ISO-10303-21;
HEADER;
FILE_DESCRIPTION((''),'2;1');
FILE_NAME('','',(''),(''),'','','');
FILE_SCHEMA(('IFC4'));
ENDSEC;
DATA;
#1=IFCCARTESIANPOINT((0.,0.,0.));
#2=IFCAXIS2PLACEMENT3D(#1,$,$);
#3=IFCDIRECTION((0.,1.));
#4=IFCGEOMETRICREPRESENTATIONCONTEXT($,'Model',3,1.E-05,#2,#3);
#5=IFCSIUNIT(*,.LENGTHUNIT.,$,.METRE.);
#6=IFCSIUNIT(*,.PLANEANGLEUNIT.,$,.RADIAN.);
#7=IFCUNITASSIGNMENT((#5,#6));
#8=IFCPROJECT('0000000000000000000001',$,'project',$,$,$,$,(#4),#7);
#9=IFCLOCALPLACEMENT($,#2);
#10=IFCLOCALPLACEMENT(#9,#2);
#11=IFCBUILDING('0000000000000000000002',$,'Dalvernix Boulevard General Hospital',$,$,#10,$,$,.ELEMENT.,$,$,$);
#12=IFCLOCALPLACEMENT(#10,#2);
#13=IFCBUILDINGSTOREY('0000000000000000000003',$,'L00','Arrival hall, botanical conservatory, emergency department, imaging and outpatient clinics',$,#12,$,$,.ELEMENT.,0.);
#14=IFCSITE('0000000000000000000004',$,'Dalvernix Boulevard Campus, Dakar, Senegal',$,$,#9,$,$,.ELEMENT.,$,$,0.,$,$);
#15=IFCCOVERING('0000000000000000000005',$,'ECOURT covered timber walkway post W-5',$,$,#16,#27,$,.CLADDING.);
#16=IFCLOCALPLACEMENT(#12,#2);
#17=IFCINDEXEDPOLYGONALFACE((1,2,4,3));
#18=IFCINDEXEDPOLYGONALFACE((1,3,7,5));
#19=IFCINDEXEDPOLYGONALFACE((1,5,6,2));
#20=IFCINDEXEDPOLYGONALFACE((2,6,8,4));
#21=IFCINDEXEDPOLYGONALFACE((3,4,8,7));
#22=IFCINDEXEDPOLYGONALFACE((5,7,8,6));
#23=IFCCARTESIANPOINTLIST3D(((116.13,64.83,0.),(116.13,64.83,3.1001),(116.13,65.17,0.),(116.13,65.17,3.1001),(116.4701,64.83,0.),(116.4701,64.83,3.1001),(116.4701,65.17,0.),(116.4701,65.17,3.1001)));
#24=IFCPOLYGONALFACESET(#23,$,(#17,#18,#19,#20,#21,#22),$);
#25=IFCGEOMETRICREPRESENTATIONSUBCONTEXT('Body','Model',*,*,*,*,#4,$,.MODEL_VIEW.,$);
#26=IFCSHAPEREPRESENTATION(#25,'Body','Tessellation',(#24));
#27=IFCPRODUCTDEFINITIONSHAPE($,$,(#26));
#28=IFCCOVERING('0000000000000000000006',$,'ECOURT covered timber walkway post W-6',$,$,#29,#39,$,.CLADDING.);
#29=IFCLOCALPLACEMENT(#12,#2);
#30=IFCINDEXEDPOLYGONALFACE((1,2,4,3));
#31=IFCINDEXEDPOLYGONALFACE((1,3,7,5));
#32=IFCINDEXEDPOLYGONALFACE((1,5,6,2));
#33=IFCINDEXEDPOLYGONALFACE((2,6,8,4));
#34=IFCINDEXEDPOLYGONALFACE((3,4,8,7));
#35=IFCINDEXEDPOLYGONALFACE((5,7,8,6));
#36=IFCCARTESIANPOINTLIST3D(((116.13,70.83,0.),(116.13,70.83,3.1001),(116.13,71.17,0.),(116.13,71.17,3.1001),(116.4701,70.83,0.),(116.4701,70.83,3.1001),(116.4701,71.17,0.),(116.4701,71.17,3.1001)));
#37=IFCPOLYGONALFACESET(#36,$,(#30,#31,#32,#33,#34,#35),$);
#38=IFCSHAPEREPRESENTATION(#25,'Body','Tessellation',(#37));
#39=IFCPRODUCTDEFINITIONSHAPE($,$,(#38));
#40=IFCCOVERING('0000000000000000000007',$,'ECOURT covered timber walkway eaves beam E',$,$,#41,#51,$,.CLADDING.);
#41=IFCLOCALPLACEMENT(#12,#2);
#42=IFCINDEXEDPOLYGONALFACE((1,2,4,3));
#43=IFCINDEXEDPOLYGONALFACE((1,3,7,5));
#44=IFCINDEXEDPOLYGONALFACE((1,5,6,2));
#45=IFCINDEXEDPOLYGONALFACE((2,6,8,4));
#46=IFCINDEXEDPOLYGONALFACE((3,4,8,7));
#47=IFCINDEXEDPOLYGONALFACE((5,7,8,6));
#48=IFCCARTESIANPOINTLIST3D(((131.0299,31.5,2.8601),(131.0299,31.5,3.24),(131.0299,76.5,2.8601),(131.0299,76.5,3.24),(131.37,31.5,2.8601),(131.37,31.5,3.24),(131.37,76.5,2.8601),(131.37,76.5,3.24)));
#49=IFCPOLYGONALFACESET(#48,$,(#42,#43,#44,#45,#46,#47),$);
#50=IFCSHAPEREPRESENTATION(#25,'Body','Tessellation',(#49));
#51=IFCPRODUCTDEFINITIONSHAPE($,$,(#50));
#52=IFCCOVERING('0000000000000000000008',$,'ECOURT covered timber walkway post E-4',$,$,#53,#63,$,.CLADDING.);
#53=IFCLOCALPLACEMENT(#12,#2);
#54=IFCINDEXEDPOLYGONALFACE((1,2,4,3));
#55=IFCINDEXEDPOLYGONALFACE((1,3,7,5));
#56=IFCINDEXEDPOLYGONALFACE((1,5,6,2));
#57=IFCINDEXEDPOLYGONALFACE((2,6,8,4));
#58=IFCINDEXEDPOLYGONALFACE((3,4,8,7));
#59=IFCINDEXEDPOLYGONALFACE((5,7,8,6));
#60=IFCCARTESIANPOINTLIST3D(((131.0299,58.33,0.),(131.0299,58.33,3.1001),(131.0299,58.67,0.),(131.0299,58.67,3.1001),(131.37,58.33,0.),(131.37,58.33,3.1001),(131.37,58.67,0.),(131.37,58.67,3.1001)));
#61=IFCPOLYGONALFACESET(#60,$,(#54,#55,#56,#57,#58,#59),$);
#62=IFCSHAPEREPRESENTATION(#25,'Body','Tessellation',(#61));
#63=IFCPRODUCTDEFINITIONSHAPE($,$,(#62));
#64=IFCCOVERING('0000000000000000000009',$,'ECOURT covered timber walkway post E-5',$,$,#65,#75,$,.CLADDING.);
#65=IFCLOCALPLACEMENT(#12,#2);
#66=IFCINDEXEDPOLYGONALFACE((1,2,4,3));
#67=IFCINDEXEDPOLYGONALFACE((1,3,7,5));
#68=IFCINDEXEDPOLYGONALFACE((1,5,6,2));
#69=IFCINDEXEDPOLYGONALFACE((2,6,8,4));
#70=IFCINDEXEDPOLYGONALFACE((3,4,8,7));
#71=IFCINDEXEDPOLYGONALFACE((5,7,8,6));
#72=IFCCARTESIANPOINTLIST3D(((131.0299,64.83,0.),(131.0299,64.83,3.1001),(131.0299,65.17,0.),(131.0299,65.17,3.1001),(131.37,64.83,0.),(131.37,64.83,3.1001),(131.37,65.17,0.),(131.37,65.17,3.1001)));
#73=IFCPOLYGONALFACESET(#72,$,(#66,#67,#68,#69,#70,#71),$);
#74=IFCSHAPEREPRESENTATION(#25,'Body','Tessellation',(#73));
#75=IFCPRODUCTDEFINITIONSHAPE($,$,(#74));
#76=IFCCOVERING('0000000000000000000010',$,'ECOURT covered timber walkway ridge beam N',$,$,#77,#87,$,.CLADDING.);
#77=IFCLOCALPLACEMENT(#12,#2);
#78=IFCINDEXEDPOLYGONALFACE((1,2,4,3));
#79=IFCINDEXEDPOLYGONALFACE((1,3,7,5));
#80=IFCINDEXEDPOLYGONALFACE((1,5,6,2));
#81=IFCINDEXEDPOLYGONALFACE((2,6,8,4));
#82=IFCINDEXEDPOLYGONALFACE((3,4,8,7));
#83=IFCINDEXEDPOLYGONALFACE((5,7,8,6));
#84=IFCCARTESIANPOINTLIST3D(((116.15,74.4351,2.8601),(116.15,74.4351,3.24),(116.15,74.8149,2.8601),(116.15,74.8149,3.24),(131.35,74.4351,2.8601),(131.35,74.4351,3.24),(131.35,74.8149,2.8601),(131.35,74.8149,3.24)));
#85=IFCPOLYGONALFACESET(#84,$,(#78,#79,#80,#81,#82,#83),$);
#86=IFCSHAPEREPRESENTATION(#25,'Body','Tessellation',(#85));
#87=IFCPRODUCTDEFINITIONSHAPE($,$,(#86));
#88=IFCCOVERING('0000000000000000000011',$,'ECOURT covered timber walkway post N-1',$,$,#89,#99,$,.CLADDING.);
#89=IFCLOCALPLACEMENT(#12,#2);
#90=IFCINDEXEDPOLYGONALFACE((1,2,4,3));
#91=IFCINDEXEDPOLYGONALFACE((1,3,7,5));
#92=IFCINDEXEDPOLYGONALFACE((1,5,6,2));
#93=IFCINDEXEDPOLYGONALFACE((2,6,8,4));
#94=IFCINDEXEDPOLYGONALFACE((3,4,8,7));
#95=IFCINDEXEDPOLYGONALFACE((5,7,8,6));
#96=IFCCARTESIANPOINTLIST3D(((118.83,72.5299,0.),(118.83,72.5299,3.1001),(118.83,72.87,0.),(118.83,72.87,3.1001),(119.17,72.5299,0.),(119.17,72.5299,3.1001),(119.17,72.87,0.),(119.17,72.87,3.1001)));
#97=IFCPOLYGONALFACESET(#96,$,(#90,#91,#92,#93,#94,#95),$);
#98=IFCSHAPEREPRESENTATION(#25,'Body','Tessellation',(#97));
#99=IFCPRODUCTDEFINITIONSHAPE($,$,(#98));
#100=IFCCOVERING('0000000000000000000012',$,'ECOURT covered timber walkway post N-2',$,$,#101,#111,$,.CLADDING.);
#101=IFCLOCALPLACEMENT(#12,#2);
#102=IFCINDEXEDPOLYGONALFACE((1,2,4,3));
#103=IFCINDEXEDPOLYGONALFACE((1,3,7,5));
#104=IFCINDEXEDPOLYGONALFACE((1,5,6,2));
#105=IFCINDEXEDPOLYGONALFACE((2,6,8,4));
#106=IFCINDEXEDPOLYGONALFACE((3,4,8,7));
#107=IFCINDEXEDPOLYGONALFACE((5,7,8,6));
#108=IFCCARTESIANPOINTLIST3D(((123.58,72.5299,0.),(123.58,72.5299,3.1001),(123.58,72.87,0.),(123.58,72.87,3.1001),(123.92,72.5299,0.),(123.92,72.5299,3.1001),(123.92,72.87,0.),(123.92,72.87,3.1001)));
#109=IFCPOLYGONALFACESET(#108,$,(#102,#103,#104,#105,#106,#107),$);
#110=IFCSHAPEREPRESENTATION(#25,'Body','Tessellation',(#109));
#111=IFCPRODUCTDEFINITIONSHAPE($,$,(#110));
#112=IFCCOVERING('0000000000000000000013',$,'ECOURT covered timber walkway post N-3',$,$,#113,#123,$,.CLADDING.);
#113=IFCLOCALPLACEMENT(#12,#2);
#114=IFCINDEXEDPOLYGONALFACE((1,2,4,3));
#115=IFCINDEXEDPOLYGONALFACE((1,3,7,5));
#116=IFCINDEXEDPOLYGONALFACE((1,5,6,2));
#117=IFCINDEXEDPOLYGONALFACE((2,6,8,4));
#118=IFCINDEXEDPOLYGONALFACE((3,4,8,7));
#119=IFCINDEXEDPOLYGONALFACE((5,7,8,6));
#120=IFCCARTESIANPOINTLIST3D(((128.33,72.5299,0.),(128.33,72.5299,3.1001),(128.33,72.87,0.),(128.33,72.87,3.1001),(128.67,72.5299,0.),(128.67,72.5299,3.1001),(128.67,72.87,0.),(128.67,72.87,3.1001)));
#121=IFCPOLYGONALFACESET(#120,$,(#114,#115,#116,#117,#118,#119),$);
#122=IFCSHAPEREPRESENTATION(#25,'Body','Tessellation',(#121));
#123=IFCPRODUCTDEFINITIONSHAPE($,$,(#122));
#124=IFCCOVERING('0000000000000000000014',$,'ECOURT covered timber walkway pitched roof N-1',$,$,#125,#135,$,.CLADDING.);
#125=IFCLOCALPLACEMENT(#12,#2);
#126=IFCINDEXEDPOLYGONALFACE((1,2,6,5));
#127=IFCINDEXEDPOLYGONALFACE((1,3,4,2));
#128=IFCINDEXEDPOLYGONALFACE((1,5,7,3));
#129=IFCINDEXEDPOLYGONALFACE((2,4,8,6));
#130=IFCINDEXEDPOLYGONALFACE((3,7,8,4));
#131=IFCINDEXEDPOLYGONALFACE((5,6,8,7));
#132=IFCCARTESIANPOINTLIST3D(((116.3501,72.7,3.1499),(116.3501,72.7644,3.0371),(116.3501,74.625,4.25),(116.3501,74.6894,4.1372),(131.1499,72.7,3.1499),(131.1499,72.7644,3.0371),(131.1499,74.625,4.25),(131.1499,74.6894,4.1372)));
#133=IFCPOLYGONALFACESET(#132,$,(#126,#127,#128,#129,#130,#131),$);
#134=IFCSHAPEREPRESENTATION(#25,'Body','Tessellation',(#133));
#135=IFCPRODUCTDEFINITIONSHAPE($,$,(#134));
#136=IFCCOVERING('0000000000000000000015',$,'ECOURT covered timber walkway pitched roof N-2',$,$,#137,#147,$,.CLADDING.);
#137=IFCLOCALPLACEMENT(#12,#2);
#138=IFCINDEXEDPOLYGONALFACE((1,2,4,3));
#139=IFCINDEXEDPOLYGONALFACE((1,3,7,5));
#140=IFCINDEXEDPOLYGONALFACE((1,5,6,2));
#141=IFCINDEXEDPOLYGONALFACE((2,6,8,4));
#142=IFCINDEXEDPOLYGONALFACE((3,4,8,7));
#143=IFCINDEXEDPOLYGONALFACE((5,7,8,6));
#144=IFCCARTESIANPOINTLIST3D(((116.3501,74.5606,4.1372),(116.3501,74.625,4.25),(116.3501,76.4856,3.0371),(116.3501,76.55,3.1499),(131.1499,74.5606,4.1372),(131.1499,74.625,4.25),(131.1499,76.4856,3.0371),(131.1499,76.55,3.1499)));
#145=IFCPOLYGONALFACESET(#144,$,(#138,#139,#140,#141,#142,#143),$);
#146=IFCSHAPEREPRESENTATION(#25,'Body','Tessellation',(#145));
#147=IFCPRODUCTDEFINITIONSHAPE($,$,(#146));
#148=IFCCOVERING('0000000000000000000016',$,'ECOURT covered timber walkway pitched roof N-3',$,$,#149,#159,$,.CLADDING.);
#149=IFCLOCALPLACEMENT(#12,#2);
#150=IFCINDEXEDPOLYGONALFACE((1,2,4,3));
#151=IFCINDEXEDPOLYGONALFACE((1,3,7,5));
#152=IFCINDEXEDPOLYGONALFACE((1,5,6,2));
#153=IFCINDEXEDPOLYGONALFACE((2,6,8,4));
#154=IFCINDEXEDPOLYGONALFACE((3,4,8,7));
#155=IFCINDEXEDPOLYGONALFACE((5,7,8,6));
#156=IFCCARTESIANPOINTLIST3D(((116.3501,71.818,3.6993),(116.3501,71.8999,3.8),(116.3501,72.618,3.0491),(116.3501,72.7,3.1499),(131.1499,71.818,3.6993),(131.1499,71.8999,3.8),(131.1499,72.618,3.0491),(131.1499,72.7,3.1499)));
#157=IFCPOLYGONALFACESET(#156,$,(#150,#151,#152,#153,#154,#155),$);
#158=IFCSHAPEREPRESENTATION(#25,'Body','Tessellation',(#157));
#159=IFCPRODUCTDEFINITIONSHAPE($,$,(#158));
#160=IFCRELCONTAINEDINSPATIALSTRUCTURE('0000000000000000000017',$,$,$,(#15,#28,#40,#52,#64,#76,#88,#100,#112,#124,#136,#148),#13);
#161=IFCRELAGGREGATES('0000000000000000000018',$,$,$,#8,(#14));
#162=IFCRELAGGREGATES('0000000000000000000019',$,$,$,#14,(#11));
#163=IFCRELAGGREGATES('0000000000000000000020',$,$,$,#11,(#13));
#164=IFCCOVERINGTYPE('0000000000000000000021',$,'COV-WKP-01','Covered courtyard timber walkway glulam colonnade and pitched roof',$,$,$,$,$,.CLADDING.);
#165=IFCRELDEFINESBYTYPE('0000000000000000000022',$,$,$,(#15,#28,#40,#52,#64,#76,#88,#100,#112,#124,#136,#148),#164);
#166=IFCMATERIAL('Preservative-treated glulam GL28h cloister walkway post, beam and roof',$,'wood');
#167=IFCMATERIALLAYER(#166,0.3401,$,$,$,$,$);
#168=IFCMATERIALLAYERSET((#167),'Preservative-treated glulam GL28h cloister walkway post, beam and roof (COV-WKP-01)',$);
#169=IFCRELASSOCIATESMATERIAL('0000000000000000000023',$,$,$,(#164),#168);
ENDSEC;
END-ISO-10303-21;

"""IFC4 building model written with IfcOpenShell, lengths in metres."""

from ifc_helpers import new_model, si_unit, direction, frame, origin, origin_2d, place, context, subcontext, project, spatial, polyline, rectangle, outline, extrude, material, layer, layer_set, type_object, element, save


model = new_model("IFC4")

# Units and contexts
model_context = context("Model", 3, precision=1e-05, world=origin(), true_north=direction((0.0, 1.0)))
body_context = subcontext(model_context, "Body", "Model", "MODEL_VIEW")
ifc_project = project(units=[si_unit("LENGTHUNIT", "METRE"), si_unit("PLANEANGLEUNIT", "RADIAN")], contexts=[model_context])

# Site, building, storey
site_placement = place(None, origin())
site = spatial("IfcSite", under=ifc_project, at=site_placement, Name="Dalvernix Boulevard Campus, Dakar, Senegal", CompositionType="ELEMENT", RefElevation=0.0)
building_placement = place(site_placement, origin())
building = spatial("IfcBuilding", under=site, at=building_placement, Name="Dalvernix Boulevard General Hospital", CompositionType="ELEMENT")
storey_placement = place(building_placement, origin())
storey = spatial("IfcBuildingStorey", under=building, at=storey_placement, Name="L00", Description="Arrival hall, botanical conservatory, emergency department, imaging and outpatient clinics", CompositionType="ELEMENT", Elevation=0.0)

# Coverings
ifc_material_1 = material(Name="Preservative-treated glulam GL28h cloister walkway post, beam and roof", Category="wood")
ifc_layer_1 = layer(ifc_material_1, 0.3401)
ifc_layer_set_1 = layer_set([ifc_layer_1], Name="Preservative-treated glulam GL28h cloister walkway post, beam and roof (COV-WKP-01)")
covering_type_1 = type_object("IfcCoveringType", Name="COV-WKP-01", Description="Covered courtyard timber walkway glulam colonnade and pitched roof", PredefinedType="CLADDING", material=ifc_layer_set_1)
for number, where, z_axis, x_axis, name in (
    (1, (116.3, 65.0, 0.0), (0.0, 0.0, 1.0), (1.0, 0.0, 0.0), "ECOURT covered timber walkway post W-5"),
    (2, (116.3, 71.0, 0.0), (0.0, 0.0, 1.0), (1.0, 0.0, 0.0), "ECOURT covered timber walkway post W-6"),
):
    element("IfcCovering", number, at=place(storey_placement, frame(where, z_axis=z_axis, x_axis=x_axis)), inside=storey, type_object=covering_type_1, Name=name, PredefinedType="CLADDING", context=body_context, shape_type="SweptSolid", body=[
        extrude(rectangle(XDim=0.3401, YDim=0.3401, at=origin_2d()), origin(), (0.0, 0.0, 1.0), 3.1001),
    ])
covering_1_placement = place(storey_placement, frame((131.2, 54.0, 2.8601), z_axis=(0.0, 0.0, 1.0), x_axis=(1.0, 0.0, 0.0)))
element("IfcCovering", 3, at=covering_1_placement, inside=storey, type_object=covering_type_1, Name="ECOURT covered timber walkway eaves beam E", PredefinedType="CLADDING", context=body_context, shape_type="SweptSolid", body=[
    extrude(rectangle(XDim=0.3401, YDim=45.0, at=origin_2d()), origin(), (0.0, 0.0, 1.0), 0.3799),
])
for number, where, z_axis, x_axis, name in (
    (4, (131.2, 58.5, 0.0), (0.0, 0.0, 1.0), (1.0, 0.0, 0.0), "ECOURT covered timber walkway post E-4"),
    (5, (131.2, 65.0, 0.0), (0.0, 0.0, 1.0), (1.0, 0.0, 0.0), "ECOURT covered timber walkway post E-5"),
):
    element("IfcCovering", number, at=place(storey_placement, frame(where, z_axis=z_axis, x_axis=x_axis)), inside=storey, type_object=covering_type_1, Name=name, PredefinedType="CLADDING", context=body_context, shape_type="SweptSolid", body=[
        extrude(rectangle(XDim=0.3401, YDim=0.3401, at=origin_2d()), origin(), (0.0, 0.0, 1.0), 3.1001),
    ])
covering_2_placement = place(storey_placement, frame((123.75, 74.625, 2.8601), z_axis=(0.0, 0.0, 1.0), x_axis=(1.0, 0.0, 0.0)))
element("IfcCovering", 6, at=covering_2_placement, inside=storey, type_object=covering_type_1, Name="ECOURT covered timber walkway ridge beam N", PredefinedType="CLADDING", context=body_context, shape_type="SweptSolid", body=[
    extrude(rectangle(XDim=15.2, YDim=0.3799, at=origin_2d()), origin(), (0.0, 0.0, 1.0), 0.3799),
])
for number, where, z_axis, x_axis, name in (
    (7, (119.0, 72.7, 0.0), (0.0, 0.0, 1.0), (1.0, 0.0, 0.0), "ECOURT covered timber walkway post N-1"),
    (8, (123.75, 72.7, 0.0), (0.0, 0.0, 1.0), (1.0, 0.0, 0.0), "ECOURT covered timber walkway post N-2"),
    (9, (128.5, 72.7, 0.0), (0.0, 0.0, 1.0), (1.0, 0.0, 0.0), "ECOURT covered timber walkway post N-3"),
):
    element("IfcCovering", number, at=place(storey_placement, frame(where, z_axis=z_axis, x_axis=x_axis)), inside=storey, type_object=covering_type_1, Name=name, PredefinedType="CLADDING", context=body_context, shape_type="SweptSolid", body=[
        extrude(rectangle(XDim=0.3401, YDim=0.3401, at=origin_2d()), origin(), (0.0, 0.0, 1.0), 3.1001),
    ])
for number, where, z_axis, x_axis, name in (
    (10, (116.3501, 72.7, 3.1499), (0.0, -0.496163, 0.86823), (1.0, 0.0, 0.0), "ECOURT covered timber walkway pitched roof N-1"),
    (11, (116.3501, 74.625, 4.25), (0.0, 0.496163, 0.86823), (1.0, 0.0, 0.0), "ECOURT covered timber walkway pitched roof N-2"),
):
    element("IfcCovering", number, at=place(storey_placement, frame(where, z_axis=z_axis, x_axis=x_axis)), inside=storey, type_object=covering_type_1, Name=name, PredefinedType="CLADDING", context=body_context, shape_type="SweptSolid", body=[
        extrude(outline(polyline([(0.0, 0.0), (14.7998, 0.0), (14.7998, 2.2172), (0.0, 2.2172), (0.0, 0.0)])), origin(), (0.0, 0.0, -1.0), 0.1299),
    ])
covering_3_placement = place(storey_placement, frame((116.3501, 72.7, 3.1499), z_axis=(0.0, 0.630655, 0.776063), x_axis=(1.0, 0.0, 0.0)))
element("IfcCovering", 12, at=covering_3_placement, inside=storey, type_object=covering_type_1, Name="ECOURT covered timber walkway pitched roof N-3", PredefinedType="CLADDING", context=body_context, shape_type="SweptSolid", body=[
    extrude(outline(polyline([(0.0, 0.0), (14.7998, 0.0), (14.7998, -1.0309), (0.0, -1.0309), (0.0, 0.0)])), origin(), (0.0, 0.0, -1.0), 0.1299),
])

save(model, "model.ifc")
